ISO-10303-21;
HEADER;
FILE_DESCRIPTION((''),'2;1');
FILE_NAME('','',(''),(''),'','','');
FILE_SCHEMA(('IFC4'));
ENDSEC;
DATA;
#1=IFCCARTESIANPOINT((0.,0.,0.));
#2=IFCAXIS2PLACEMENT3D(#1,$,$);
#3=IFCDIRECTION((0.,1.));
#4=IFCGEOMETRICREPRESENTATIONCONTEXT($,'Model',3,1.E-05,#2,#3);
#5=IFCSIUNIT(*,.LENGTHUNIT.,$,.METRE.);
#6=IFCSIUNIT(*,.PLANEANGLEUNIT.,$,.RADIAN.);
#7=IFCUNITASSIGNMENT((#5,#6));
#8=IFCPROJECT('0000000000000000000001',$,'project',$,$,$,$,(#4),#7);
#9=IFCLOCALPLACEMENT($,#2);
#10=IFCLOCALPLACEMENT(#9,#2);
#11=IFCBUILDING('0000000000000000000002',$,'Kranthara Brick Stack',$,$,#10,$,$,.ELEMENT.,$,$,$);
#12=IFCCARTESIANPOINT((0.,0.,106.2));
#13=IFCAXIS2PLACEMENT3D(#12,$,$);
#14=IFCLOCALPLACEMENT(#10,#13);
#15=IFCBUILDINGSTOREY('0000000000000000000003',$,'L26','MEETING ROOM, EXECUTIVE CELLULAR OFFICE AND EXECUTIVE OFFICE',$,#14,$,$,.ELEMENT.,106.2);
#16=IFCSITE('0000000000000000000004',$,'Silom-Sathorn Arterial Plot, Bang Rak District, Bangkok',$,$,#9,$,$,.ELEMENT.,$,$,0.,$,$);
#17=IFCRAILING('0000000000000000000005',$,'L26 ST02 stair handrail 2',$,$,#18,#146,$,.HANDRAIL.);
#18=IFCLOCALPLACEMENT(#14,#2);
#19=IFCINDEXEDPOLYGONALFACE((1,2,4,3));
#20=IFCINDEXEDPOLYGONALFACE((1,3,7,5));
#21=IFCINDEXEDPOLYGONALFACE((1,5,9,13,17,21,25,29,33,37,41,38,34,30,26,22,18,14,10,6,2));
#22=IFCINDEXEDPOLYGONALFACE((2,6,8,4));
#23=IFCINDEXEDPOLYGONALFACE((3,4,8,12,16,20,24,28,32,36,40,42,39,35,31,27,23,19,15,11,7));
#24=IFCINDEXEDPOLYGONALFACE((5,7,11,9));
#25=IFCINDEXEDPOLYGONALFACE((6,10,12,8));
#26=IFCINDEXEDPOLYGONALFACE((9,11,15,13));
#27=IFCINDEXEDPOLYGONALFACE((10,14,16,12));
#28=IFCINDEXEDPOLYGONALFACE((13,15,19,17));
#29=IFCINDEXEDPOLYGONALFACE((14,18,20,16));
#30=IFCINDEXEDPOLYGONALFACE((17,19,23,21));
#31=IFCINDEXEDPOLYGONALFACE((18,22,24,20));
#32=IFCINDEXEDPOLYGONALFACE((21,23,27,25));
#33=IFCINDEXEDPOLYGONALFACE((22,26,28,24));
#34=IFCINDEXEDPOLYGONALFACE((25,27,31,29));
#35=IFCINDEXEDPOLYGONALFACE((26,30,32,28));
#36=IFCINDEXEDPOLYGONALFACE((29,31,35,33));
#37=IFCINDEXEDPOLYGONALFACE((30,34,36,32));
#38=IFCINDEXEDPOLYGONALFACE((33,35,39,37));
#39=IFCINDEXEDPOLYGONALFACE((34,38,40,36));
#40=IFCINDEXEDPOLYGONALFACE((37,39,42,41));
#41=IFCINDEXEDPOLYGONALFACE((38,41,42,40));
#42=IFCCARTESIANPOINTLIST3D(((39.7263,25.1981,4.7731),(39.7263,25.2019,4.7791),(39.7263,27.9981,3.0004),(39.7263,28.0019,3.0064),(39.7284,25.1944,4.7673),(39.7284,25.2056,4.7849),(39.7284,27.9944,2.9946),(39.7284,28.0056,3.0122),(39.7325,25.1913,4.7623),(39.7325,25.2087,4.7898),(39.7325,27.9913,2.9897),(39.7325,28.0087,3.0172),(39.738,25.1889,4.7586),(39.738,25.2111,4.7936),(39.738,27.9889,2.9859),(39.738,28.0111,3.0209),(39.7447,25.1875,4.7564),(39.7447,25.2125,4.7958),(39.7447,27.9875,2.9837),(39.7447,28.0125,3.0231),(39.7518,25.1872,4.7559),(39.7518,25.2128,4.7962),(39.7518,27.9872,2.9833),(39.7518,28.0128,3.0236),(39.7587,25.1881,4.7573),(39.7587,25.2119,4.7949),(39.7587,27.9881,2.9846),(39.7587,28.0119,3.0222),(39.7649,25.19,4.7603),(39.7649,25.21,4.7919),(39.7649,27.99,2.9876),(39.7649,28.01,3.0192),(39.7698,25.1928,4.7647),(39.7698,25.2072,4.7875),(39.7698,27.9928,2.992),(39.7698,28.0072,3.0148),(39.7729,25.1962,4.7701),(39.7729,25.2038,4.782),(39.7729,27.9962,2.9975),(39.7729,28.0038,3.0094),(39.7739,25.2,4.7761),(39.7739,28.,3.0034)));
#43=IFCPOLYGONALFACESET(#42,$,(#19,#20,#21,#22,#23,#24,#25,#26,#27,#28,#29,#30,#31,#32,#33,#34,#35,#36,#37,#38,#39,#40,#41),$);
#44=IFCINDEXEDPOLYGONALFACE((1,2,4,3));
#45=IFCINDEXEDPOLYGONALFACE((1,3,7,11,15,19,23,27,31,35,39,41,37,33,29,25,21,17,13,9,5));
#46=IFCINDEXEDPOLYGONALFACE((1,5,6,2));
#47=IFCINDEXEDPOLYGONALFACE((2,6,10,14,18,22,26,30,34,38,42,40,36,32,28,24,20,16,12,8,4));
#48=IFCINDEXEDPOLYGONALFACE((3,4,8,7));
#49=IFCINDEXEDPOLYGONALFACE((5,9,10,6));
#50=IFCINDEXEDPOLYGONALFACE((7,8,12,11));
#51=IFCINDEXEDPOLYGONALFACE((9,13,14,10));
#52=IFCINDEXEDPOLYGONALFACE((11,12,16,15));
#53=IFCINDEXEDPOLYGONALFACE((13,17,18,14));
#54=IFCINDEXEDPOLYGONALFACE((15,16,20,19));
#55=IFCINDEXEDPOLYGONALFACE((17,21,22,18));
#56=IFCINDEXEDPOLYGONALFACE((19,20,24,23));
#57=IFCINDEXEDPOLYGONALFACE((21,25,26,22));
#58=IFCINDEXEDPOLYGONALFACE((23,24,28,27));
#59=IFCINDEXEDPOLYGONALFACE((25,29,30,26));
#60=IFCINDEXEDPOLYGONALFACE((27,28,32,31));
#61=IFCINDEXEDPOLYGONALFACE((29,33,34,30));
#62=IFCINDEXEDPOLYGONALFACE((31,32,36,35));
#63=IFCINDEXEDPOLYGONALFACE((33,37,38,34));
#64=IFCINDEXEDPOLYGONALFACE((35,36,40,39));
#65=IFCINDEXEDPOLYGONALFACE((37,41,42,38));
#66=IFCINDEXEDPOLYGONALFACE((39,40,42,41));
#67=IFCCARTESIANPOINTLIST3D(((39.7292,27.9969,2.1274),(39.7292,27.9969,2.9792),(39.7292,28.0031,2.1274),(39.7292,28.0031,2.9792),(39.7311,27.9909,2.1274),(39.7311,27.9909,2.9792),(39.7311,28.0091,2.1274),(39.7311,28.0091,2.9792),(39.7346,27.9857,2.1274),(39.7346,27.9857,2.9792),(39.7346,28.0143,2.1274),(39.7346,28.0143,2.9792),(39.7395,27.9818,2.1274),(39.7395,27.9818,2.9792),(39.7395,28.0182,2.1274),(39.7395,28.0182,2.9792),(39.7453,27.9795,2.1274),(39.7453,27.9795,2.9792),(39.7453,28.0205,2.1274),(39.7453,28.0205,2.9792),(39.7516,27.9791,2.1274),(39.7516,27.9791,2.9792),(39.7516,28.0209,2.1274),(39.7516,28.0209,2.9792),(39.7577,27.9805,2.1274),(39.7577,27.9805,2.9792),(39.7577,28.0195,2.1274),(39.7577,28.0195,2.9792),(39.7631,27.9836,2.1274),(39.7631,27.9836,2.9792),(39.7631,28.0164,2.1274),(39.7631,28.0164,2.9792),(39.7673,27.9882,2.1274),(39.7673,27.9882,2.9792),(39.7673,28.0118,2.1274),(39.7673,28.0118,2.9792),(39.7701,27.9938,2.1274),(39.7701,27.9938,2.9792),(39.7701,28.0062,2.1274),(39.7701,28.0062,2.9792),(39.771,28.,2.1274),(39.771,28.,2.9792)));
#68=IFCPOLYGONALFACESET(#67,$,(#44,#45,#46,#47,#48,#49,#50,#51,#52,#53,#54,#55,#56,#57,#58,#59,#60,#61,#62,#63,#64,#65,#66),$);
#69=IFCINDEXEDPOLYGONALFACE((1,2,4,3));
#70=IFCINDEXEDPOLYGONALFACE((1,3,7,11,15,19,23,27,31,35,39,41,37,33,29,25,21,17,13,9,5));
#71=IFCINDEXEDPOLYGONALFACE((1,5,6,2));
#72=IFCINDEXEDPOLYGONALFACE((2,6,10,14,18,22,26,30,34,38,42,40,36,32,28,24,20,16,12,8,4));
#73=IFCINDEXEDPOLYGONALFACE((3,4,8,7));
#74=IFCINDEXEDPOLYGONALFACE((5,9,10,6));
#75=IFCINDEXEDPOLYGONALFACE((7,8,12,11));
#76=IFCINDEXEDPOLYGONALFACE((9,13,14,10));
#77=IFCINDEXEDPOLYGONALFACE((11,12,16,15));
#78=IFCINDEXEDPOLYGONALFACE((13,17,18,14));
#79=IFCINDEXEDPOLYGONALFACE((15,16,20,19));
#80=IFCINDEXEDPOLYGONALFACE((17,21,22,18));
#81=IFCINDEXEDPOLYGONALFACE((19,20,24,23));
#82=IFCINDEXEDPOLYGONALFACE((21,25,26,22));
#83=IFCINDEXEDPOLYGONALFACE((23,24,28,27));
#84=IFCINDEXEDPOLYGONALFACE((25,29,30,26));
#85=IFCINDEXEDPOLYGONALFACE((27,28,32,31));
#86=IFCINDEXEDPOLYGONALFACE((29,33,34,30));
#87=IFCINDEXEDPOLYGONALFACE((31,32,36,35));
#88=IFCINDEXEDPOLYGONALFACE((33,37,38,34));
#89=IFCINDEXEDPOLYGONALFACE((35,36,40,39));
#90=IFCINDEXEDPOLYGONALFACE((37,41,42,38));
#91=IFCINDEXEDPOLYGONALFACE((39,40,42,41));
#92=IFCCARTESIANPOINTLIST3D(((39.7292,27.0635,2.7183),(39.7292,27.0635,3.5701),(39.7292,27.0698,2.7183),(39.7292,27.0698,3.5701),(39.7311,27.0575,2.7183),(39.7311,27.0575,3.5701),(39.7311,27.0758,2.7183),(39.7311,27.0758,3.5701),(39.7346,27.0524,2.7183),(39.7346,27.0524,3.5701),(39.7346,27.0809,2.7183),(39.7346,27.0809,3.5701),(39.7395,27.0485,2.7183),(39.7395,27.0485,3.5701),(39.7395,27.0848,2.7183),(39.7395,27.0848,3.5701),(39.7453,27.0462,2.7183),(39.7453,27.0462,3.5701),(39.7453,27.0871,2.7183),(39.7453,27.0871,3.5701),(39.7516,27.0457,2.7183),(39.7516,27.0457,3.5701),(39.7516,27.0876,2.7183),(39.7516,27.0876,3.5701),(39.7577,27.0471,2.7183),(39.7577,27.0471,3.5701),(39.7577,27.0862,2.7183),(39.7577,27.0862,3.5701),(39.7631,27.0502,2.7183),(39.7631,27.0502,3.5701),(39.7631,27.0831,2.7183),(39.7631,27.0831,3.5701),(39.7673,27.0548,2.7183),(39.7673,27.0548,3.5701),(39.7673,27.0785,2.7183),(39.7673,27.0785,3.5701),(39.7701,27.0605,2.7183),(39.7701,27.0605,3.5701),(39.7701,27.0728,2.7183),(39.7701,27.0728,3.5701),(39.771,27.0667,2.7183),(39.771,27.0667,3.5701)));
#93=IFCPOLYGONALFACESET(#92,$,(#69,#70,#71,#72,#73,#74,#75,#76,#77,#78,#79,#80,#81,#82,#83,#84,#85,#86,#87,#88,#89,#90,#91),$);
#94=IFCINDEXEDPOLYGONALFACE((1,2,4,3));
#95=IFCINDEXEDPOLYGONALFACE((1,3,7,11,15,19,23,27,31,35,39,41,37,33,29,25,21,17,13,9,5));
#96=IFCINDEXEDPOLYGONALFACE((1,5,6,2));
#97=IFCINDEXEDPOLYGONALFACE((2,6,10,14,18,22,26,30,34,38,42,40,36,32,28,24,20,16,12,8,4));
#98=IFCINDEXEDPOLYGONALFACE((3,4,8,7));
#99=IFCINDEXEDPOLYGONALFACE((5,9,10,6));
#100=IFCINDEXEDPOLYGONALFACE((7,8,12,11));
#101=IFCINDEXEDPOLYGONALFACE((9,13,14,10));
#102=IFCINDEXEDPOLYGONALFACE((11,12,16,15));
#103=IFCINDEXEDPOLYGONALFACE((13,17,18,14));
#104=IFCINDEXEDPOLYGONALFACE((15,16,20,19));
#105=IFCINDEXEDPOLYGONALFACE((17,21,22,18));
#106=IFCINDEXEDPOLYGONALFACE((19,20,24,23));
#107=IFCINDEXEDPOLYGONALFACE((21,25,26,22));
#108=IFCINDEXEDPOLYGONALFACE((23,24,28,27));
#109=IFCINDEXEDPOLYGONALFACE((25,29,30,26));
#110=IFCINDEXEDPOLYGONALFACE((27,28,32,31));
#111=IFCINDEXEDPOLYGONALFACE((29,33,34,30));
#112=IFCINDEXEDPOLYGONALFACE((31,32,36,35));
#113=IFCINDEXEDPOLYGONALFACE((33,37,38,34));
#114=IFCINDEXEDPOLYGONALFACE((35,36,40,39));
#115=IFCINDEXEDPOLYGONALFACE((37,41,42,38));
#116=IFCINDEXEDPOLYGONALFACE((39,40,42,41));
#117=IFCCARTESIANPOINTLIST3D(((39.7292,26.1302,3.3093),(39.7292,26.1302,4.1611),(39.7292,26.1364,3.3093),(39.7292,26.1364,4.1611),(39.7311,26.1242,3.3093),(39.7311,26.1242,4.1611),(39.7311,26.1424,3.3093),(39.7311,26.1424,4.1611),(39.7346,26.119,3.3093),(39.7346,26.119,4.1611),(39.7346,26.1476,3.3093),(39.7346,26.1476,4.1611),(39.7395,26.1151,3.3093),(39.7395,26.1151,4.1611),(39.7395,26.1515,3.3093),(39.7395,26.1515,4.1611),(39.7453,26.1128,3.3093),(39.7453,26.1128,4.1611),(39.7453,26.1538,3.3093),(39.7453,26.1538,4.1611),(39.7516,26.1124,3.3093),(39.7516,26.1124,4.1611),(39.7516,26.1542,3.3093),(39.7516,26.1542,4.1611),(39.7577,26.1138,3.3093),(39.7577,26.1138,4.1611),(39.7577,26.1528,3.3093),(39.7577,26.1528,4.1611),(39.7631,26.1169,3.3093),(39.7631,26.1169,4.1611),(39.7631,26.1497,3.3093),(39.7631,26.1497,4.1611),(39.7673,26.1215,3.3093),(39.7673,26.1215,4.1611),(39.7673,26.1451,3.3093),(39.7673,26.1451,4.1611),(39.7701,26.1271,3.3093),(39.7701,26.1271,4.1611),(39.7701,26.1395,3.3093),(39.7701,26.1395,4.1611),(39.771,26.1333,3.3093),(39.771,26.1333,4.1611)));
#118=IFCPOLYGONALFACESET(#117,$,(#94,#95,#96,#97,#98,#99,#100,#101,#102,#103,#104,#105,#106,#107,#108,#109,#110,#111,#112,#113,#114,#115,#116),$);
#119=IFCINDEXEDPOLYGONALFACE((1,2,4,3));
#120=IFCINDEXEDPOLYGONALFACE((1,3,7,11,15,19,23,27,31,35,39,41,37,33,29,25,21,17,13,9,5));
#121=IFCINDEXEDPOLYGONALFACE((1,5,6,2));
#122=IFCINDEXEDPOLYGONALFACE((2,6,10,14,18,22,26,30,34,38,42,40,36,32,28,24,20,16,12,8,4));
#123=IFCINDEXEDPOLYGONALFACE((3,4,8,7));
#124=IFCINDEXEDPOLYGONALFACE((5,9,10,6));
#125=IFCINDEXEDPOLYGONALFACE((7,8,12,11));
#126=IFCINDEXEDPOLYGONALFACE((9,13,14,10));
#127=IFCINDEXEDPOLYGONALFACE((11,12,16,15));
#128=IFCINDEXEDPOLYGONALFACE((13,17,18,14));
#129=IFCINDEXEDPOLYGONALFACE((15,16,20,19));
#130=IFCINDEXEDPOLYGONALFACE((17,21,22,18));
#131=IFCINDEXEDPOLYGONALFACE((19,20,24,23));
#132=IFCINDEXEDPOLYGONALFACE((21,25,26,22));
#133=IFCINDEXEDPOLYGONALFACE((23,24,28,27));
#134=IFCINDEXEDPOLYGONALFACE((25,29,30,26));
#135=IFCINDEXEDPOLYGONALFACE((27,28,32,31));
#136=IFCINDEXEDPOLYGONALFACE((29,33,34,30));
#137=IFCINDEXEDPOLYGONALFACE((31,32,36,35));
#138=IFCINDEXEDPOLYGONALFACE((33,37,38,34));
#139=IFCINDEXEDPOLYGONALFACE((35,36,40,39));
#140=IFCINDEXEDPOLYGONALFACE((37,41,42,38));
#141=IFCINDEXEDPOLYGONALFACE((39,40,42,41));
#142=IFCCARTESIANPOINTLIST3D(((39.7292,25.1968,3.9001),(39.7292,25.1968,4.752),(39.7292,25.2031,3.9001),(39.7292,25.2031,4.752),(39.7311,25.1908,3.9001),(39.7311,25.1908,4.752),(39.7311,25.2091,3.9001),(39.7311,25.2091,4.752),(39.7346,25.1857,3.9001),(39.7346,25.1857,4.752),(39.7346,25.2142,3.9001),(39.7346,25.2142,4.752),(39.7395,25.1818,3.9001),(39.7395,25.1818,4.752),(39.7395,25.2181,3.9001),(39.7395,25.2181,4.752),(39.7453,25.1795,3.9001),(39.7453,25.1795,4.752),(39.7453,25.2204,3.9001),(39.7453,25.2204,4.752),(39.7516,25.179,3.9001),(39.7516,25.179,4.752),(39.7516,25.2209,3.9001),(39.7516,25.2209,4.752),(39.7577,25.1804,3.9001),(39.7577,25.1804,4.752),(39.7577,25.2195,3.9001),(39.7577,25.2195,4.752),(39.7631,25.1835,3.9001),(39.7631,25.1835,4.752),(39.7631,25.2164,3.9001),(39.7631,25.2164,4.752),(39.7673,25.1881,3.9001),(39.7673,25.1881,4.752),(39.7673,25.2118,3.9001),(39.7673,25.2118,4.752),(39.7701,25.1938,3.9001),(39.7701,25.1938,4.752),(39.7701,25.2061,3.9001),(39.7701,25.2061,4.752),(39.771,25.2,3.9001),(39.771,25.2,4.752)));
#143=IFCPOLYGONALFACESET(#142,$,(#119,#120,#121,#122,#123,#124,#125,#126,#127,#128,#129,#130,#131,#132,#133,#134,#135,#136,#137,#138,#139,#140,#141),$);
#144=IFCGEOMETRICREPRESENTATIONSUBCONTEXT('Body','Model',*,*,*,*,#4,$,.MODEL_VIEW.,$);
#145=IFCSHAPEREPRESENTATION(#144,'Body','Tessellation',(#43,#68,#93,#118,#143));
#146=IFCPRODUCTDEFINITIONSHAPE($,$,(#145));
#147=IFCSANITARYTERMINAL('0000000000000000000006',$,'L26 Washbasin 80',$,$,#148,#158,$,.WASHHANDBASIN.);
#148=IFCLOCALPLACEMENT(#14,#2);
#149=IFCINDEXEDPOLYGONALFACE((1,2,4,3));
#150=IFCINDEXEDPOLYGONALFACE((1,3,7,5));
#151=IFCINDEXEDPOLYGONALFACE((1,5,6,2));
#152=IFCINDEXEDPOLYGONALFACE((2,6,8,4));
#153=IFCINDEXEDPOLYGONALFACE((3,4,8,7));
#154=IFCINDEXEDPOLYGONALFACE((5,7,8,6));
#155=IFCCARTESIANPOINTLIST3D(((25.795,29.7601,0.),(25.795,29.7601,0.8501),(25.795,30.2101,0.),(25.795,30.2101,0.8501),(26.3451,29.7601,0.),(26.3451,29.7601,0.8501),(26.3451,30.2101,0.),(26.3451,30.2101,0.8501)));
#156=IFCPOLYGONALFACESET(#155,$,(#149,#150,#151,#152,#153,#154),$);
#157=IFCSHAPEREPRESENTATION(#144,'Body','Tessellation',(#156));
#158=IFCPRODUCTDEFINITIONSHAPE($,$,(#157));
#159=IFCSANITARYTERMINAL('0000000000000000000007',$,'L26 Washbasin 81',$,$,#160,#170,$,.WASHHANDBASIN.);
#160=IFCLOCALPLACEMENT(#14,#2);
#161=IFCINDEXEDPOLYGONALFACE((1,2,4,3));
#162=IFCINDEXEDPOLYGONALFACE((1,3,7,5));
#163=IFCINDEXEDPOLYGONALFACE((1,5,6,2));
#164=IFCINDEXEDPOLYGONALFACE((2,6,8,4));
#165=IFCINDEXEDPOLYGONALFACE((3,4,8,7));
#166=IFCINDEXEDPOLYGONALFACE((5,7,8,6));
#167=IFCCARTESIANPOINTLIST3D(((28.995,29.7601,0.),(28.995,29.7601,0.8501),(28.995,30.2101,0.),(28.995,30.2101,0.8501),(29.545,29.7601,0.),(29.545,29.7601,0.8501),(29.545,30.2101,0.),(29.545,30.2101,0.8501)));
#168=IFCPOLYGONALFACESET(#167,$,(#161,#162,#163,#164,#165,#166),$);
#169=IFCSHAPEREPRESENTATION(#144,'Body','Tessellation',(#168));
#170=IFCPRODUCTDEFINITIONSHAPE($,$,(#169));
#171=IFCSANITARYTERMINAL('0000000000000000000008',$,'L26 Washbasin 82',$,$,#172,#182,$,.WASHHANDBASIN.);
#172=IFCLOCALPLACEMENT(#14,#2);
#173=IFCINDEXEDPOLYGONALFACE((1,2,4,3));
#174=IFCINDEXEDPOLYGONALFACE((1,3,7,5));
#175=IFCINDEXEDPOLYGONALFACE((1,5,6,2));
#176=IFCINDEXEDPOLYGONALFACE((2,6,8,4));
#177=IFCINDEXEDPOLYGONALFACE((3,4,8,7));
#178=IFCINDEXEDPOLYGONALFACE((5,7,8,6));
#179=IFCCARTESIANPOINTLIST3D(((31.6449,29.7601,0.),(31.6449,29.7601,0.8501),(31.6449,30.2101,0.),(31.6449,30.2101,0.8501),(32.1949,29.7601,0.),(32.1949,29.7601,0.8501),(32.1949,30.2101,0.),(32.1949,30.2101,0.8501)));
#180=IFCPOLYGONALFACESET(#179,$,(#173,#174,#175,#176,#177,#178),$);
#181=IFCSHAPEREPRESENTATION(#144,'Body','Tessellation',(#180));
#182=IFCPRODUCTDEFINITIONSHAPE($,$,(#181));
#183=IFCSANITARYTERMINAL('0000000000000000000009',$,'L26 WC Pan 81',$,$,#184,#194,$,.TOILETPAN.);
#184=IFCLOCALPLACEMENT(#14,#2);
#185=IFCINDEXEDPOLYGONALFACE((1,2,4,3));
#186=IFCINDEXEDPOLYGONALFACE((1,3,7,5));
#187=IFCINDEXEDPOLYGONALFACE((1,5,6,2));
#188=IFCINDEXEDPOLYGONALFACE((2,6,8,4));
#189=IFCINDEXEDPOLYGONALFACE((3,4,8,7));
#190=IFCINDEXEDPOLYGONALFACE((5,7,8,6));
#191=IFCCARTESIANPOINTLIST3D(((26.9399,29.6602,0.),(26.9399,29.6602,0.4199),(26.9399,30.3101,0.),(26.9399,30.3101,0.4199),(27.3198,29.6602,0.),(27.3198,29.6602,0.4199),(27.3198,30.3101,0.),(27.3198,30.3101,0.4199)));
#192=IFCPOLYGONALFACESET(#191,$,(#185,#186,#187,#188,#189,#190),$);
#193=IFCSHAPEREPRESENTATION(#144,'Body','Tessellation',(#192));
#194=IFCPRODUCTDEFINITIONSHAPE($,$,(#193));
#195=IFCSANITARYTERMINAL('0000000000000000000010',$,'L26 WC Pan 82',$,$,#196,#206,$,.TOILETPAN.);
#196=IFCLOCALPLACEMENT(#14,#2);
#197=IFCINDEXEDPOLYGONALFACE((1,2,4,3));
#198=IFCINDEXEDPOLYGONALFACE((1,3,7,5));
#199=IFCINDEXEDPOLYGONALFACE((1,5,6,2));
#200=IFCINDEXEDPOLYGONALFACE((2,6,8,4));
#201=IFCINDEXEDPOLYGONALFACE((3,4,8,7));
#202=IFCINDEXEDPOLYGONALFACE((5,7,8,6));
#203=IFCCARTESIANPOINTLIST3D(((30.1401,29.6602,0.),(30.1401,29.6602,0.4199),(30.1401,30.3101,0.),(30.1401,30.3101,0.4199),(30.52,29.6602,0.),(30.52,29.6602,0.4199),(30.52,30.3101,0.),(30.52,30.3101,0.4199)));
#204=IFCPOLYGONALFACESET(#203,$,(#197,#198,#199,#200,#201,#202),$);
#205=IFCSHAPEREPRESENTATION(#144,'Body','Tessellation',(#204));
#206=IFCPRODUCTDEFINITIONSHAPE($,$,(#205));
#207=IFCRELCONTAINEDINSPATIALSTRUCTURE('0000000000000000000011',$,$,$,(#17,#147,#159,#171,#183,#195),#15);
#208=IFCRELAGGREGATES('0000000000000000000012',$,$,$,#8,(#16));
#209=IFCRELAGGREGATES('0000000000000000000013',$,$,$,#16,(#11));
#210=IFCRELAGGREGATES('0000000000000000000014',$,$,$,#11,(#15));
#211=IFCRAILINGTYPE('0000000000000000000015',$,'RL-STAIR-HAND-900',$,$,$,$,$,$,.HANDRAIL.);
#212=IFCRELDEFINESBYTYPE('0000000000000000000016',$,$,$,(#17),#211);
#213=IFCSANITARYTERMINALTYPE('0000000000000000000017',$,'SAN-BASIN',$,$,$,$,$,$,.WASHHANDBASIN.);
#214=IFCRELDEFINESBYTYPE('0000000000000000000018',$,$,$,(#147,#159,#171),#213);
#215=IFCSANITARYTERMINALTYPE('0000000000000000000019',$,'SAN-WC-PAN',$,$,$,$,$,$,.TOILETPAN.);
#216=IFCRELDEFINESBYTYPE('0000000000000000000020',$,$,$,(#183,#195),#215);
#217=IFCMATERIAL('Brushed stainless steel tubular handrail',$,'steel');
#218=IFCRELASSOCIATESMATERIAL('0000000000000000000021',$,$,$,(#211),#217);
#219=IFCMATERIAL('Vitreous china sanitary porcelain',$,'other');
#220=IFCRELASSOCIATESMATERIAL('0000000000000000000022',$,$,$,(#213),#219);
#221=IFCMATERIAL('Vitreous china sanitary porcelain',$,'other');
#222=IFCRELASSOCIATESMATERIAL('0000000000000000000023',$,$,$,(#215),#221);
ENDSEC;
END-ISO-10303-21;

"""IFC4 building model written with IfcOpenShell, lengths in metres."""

from ifc_helpers import new_model, si_unit, direction, frame, origin, origin_2d, place, context, subcontext, project, spatial, rectangle, circle, extrude, material, type_object, element, save


model = new_model("IFC4")

# Units and contexts
model_context = context("Model", 3, precision=1e-05, world=origin(), true_north=direction((0.0, 1.0)))
body_context = subcontext(model_context, "Body", "Model", "MODEL_VIEW")
ifc_project = project(units=[si_unit("LENGTHUNIT", "METRE"), si_unit("PLANEANGLEUNIT", "RADIAN")], contexts=[model_context])

# Site, building, storey
site_placement = place(None, origin())
site = spatial("IfcSite", under=ifc_project, at=site_placement, Name="Silom-Sathorn Arterial Plot, Bang Rak District, Bangkok", CompositionType="ELEMENT", RefElevation=0.0)
building_placement = place(site_placement, origin())
building = spatial("IfcBuilding", under=site, at=building_placement, Name="Kranthara Brick Stack", CompositionType="ELEMENT")
storey_placement = place(building_placement, frame((0.0, 0.0, 106.2)))
storey = spatial("IfcBuildingStorey", under=building, at=storey_placement, Name="L26", Description="MEETING ROOM, EXECUTIVE CELLULAR OFFICE AND EXECUTIVE OFFICE", CompositionType="ELEMENT", Elevation=106.2)

# Railing
ifc_material_1 = material(Name="Brushed stainless steel tubular handrail", Category="steel")
railing_type_1 = type_object("IfcRailingType", Name="RL-STAIR-HAND-900", PredefinedType="HANDRAIL", material=ifc_material_1)
railing_1_placement = place(storey_placement, frame((39.75, 28.0, 2.1274)))
element("IfcRailing", 1, at=railing_1_placement, inside=storey, type_object=railing_type_1, Name="L26 ST02 stair handrail 2", PredefinedType="HANDRAIL", context=body_context, shape_type="SweptSolid", body=[
    extrude(circle(Radius=0.0239, at=origin_2d()), frame((0.0, 0.0, 0.876), z_axis=(0.0, -0.844909, 0.53491), x_axis=(1.0, 0.0, 0.0)), (0.0, 0.0, 1.0), 3.314),
    extrude(circle(Radius=0.021, at=origin_2d()), origin(), (0.0, 0.0, 1.0), 0.8518),
    extrude(circle(Radius=0.021, at=origin_2d()), frame((0.0, -0.9333, 0.5908)), (0.0, 0.0, 1.0), 0.8518),
    extrude(circle(Radius=0.021, at=origin_2d()), frame((0.0, -1.8667, 1.1819)), (0.0, 0.0, 1.0), 0.8518),
    extrude(circle(Radius=0.021, at=origin_2d()), frame((0.0, -2.8, 1.7727)), (0.0, 0.0, 1.0), 0.8518),
])

# Sanitary terminals
ifc_material_2 = material(Name="Vitreous china sanitary porcelain", Category="other")
sanitary_terminal_type_1 = type_object("IfcSanitaryTerminalType", Name="SAN-BASIN", PredefinedType="WASHHANDBASIN", material=ifc_material_2)
for number, where, z_axis, x_axis, name in (
    (2, (26.0701, 29.9851, 0.0), (0.0, 0.0, 1.0), (1.0, 0.0, 0.0), "L26 Washbasin 80"),
    (3, (29.27, 29.9851, 0.0), (0.0, 0.0, 1.0), (1.0, 0.0, 0.0), "L26 Washbasin 81"),
    (4, (31.9199, 29.9851, 0.0), (0.0, 0.0, 1.0), (1.0, 0.0, 0.0), "L26 Washbasin 82"),
):
    element("IfcSanitaryTerminal", number, at=place(storey_placement, frame(where, z_axis=z_axis, x_axis=x_axis)), inside=storey, type_object=sanitary_terminal_type_1, Name=name, PredefinedType="WASHHANDBASIN", context=body_context, shape_type="SweptSolid", body=[
        extrude(rectangle(XDim=0.55, YDim=0.45, at=origin_2d()), origin(), (0.0, 0.0, 1.0), 0.8501),
    ])
ifc_material_3 = material(Name="Vitreous china sanitary porcelain", Category="other")
sanitary_terminal_type_2 = type_object("IfcSanitaryTerminalType", Name="SAN-WC-PAN", PredefinedType="TOILETPAN", material=ifc_material_3)
for number, where, z_axis, x_axis, name in (
    (5, (27.1299, 29.9851, 0.0), (0.0, 0.0, 1.0), (1.0, 0.0, 0.0), "L26 WC Pan 81"),
    (6, (30.3301, 29.9851, 0.0), (0.0, 0.0, 1.0), (1.0, 0.0, 0.0), "L26 WC Pan 82"),
):
    element("IfcSanitaryTerminal", number, at=place(storey_placement, frame(where, z_axis=z_axis, x_axis=x_axis)), inside=storey, type_object=sanitary_terminal_type_2, Name=name, PredefinedType="TOILETPAN", context=body_context, shape_type="SweptSolid", body=[
        extrude(rectangle(XDim=0.3799, YDim=0.6499, at=origin_2d()), origin(), (0.0, 0.0, 1.0), 0.4199),
    ])

save(model, "model.ifc")
